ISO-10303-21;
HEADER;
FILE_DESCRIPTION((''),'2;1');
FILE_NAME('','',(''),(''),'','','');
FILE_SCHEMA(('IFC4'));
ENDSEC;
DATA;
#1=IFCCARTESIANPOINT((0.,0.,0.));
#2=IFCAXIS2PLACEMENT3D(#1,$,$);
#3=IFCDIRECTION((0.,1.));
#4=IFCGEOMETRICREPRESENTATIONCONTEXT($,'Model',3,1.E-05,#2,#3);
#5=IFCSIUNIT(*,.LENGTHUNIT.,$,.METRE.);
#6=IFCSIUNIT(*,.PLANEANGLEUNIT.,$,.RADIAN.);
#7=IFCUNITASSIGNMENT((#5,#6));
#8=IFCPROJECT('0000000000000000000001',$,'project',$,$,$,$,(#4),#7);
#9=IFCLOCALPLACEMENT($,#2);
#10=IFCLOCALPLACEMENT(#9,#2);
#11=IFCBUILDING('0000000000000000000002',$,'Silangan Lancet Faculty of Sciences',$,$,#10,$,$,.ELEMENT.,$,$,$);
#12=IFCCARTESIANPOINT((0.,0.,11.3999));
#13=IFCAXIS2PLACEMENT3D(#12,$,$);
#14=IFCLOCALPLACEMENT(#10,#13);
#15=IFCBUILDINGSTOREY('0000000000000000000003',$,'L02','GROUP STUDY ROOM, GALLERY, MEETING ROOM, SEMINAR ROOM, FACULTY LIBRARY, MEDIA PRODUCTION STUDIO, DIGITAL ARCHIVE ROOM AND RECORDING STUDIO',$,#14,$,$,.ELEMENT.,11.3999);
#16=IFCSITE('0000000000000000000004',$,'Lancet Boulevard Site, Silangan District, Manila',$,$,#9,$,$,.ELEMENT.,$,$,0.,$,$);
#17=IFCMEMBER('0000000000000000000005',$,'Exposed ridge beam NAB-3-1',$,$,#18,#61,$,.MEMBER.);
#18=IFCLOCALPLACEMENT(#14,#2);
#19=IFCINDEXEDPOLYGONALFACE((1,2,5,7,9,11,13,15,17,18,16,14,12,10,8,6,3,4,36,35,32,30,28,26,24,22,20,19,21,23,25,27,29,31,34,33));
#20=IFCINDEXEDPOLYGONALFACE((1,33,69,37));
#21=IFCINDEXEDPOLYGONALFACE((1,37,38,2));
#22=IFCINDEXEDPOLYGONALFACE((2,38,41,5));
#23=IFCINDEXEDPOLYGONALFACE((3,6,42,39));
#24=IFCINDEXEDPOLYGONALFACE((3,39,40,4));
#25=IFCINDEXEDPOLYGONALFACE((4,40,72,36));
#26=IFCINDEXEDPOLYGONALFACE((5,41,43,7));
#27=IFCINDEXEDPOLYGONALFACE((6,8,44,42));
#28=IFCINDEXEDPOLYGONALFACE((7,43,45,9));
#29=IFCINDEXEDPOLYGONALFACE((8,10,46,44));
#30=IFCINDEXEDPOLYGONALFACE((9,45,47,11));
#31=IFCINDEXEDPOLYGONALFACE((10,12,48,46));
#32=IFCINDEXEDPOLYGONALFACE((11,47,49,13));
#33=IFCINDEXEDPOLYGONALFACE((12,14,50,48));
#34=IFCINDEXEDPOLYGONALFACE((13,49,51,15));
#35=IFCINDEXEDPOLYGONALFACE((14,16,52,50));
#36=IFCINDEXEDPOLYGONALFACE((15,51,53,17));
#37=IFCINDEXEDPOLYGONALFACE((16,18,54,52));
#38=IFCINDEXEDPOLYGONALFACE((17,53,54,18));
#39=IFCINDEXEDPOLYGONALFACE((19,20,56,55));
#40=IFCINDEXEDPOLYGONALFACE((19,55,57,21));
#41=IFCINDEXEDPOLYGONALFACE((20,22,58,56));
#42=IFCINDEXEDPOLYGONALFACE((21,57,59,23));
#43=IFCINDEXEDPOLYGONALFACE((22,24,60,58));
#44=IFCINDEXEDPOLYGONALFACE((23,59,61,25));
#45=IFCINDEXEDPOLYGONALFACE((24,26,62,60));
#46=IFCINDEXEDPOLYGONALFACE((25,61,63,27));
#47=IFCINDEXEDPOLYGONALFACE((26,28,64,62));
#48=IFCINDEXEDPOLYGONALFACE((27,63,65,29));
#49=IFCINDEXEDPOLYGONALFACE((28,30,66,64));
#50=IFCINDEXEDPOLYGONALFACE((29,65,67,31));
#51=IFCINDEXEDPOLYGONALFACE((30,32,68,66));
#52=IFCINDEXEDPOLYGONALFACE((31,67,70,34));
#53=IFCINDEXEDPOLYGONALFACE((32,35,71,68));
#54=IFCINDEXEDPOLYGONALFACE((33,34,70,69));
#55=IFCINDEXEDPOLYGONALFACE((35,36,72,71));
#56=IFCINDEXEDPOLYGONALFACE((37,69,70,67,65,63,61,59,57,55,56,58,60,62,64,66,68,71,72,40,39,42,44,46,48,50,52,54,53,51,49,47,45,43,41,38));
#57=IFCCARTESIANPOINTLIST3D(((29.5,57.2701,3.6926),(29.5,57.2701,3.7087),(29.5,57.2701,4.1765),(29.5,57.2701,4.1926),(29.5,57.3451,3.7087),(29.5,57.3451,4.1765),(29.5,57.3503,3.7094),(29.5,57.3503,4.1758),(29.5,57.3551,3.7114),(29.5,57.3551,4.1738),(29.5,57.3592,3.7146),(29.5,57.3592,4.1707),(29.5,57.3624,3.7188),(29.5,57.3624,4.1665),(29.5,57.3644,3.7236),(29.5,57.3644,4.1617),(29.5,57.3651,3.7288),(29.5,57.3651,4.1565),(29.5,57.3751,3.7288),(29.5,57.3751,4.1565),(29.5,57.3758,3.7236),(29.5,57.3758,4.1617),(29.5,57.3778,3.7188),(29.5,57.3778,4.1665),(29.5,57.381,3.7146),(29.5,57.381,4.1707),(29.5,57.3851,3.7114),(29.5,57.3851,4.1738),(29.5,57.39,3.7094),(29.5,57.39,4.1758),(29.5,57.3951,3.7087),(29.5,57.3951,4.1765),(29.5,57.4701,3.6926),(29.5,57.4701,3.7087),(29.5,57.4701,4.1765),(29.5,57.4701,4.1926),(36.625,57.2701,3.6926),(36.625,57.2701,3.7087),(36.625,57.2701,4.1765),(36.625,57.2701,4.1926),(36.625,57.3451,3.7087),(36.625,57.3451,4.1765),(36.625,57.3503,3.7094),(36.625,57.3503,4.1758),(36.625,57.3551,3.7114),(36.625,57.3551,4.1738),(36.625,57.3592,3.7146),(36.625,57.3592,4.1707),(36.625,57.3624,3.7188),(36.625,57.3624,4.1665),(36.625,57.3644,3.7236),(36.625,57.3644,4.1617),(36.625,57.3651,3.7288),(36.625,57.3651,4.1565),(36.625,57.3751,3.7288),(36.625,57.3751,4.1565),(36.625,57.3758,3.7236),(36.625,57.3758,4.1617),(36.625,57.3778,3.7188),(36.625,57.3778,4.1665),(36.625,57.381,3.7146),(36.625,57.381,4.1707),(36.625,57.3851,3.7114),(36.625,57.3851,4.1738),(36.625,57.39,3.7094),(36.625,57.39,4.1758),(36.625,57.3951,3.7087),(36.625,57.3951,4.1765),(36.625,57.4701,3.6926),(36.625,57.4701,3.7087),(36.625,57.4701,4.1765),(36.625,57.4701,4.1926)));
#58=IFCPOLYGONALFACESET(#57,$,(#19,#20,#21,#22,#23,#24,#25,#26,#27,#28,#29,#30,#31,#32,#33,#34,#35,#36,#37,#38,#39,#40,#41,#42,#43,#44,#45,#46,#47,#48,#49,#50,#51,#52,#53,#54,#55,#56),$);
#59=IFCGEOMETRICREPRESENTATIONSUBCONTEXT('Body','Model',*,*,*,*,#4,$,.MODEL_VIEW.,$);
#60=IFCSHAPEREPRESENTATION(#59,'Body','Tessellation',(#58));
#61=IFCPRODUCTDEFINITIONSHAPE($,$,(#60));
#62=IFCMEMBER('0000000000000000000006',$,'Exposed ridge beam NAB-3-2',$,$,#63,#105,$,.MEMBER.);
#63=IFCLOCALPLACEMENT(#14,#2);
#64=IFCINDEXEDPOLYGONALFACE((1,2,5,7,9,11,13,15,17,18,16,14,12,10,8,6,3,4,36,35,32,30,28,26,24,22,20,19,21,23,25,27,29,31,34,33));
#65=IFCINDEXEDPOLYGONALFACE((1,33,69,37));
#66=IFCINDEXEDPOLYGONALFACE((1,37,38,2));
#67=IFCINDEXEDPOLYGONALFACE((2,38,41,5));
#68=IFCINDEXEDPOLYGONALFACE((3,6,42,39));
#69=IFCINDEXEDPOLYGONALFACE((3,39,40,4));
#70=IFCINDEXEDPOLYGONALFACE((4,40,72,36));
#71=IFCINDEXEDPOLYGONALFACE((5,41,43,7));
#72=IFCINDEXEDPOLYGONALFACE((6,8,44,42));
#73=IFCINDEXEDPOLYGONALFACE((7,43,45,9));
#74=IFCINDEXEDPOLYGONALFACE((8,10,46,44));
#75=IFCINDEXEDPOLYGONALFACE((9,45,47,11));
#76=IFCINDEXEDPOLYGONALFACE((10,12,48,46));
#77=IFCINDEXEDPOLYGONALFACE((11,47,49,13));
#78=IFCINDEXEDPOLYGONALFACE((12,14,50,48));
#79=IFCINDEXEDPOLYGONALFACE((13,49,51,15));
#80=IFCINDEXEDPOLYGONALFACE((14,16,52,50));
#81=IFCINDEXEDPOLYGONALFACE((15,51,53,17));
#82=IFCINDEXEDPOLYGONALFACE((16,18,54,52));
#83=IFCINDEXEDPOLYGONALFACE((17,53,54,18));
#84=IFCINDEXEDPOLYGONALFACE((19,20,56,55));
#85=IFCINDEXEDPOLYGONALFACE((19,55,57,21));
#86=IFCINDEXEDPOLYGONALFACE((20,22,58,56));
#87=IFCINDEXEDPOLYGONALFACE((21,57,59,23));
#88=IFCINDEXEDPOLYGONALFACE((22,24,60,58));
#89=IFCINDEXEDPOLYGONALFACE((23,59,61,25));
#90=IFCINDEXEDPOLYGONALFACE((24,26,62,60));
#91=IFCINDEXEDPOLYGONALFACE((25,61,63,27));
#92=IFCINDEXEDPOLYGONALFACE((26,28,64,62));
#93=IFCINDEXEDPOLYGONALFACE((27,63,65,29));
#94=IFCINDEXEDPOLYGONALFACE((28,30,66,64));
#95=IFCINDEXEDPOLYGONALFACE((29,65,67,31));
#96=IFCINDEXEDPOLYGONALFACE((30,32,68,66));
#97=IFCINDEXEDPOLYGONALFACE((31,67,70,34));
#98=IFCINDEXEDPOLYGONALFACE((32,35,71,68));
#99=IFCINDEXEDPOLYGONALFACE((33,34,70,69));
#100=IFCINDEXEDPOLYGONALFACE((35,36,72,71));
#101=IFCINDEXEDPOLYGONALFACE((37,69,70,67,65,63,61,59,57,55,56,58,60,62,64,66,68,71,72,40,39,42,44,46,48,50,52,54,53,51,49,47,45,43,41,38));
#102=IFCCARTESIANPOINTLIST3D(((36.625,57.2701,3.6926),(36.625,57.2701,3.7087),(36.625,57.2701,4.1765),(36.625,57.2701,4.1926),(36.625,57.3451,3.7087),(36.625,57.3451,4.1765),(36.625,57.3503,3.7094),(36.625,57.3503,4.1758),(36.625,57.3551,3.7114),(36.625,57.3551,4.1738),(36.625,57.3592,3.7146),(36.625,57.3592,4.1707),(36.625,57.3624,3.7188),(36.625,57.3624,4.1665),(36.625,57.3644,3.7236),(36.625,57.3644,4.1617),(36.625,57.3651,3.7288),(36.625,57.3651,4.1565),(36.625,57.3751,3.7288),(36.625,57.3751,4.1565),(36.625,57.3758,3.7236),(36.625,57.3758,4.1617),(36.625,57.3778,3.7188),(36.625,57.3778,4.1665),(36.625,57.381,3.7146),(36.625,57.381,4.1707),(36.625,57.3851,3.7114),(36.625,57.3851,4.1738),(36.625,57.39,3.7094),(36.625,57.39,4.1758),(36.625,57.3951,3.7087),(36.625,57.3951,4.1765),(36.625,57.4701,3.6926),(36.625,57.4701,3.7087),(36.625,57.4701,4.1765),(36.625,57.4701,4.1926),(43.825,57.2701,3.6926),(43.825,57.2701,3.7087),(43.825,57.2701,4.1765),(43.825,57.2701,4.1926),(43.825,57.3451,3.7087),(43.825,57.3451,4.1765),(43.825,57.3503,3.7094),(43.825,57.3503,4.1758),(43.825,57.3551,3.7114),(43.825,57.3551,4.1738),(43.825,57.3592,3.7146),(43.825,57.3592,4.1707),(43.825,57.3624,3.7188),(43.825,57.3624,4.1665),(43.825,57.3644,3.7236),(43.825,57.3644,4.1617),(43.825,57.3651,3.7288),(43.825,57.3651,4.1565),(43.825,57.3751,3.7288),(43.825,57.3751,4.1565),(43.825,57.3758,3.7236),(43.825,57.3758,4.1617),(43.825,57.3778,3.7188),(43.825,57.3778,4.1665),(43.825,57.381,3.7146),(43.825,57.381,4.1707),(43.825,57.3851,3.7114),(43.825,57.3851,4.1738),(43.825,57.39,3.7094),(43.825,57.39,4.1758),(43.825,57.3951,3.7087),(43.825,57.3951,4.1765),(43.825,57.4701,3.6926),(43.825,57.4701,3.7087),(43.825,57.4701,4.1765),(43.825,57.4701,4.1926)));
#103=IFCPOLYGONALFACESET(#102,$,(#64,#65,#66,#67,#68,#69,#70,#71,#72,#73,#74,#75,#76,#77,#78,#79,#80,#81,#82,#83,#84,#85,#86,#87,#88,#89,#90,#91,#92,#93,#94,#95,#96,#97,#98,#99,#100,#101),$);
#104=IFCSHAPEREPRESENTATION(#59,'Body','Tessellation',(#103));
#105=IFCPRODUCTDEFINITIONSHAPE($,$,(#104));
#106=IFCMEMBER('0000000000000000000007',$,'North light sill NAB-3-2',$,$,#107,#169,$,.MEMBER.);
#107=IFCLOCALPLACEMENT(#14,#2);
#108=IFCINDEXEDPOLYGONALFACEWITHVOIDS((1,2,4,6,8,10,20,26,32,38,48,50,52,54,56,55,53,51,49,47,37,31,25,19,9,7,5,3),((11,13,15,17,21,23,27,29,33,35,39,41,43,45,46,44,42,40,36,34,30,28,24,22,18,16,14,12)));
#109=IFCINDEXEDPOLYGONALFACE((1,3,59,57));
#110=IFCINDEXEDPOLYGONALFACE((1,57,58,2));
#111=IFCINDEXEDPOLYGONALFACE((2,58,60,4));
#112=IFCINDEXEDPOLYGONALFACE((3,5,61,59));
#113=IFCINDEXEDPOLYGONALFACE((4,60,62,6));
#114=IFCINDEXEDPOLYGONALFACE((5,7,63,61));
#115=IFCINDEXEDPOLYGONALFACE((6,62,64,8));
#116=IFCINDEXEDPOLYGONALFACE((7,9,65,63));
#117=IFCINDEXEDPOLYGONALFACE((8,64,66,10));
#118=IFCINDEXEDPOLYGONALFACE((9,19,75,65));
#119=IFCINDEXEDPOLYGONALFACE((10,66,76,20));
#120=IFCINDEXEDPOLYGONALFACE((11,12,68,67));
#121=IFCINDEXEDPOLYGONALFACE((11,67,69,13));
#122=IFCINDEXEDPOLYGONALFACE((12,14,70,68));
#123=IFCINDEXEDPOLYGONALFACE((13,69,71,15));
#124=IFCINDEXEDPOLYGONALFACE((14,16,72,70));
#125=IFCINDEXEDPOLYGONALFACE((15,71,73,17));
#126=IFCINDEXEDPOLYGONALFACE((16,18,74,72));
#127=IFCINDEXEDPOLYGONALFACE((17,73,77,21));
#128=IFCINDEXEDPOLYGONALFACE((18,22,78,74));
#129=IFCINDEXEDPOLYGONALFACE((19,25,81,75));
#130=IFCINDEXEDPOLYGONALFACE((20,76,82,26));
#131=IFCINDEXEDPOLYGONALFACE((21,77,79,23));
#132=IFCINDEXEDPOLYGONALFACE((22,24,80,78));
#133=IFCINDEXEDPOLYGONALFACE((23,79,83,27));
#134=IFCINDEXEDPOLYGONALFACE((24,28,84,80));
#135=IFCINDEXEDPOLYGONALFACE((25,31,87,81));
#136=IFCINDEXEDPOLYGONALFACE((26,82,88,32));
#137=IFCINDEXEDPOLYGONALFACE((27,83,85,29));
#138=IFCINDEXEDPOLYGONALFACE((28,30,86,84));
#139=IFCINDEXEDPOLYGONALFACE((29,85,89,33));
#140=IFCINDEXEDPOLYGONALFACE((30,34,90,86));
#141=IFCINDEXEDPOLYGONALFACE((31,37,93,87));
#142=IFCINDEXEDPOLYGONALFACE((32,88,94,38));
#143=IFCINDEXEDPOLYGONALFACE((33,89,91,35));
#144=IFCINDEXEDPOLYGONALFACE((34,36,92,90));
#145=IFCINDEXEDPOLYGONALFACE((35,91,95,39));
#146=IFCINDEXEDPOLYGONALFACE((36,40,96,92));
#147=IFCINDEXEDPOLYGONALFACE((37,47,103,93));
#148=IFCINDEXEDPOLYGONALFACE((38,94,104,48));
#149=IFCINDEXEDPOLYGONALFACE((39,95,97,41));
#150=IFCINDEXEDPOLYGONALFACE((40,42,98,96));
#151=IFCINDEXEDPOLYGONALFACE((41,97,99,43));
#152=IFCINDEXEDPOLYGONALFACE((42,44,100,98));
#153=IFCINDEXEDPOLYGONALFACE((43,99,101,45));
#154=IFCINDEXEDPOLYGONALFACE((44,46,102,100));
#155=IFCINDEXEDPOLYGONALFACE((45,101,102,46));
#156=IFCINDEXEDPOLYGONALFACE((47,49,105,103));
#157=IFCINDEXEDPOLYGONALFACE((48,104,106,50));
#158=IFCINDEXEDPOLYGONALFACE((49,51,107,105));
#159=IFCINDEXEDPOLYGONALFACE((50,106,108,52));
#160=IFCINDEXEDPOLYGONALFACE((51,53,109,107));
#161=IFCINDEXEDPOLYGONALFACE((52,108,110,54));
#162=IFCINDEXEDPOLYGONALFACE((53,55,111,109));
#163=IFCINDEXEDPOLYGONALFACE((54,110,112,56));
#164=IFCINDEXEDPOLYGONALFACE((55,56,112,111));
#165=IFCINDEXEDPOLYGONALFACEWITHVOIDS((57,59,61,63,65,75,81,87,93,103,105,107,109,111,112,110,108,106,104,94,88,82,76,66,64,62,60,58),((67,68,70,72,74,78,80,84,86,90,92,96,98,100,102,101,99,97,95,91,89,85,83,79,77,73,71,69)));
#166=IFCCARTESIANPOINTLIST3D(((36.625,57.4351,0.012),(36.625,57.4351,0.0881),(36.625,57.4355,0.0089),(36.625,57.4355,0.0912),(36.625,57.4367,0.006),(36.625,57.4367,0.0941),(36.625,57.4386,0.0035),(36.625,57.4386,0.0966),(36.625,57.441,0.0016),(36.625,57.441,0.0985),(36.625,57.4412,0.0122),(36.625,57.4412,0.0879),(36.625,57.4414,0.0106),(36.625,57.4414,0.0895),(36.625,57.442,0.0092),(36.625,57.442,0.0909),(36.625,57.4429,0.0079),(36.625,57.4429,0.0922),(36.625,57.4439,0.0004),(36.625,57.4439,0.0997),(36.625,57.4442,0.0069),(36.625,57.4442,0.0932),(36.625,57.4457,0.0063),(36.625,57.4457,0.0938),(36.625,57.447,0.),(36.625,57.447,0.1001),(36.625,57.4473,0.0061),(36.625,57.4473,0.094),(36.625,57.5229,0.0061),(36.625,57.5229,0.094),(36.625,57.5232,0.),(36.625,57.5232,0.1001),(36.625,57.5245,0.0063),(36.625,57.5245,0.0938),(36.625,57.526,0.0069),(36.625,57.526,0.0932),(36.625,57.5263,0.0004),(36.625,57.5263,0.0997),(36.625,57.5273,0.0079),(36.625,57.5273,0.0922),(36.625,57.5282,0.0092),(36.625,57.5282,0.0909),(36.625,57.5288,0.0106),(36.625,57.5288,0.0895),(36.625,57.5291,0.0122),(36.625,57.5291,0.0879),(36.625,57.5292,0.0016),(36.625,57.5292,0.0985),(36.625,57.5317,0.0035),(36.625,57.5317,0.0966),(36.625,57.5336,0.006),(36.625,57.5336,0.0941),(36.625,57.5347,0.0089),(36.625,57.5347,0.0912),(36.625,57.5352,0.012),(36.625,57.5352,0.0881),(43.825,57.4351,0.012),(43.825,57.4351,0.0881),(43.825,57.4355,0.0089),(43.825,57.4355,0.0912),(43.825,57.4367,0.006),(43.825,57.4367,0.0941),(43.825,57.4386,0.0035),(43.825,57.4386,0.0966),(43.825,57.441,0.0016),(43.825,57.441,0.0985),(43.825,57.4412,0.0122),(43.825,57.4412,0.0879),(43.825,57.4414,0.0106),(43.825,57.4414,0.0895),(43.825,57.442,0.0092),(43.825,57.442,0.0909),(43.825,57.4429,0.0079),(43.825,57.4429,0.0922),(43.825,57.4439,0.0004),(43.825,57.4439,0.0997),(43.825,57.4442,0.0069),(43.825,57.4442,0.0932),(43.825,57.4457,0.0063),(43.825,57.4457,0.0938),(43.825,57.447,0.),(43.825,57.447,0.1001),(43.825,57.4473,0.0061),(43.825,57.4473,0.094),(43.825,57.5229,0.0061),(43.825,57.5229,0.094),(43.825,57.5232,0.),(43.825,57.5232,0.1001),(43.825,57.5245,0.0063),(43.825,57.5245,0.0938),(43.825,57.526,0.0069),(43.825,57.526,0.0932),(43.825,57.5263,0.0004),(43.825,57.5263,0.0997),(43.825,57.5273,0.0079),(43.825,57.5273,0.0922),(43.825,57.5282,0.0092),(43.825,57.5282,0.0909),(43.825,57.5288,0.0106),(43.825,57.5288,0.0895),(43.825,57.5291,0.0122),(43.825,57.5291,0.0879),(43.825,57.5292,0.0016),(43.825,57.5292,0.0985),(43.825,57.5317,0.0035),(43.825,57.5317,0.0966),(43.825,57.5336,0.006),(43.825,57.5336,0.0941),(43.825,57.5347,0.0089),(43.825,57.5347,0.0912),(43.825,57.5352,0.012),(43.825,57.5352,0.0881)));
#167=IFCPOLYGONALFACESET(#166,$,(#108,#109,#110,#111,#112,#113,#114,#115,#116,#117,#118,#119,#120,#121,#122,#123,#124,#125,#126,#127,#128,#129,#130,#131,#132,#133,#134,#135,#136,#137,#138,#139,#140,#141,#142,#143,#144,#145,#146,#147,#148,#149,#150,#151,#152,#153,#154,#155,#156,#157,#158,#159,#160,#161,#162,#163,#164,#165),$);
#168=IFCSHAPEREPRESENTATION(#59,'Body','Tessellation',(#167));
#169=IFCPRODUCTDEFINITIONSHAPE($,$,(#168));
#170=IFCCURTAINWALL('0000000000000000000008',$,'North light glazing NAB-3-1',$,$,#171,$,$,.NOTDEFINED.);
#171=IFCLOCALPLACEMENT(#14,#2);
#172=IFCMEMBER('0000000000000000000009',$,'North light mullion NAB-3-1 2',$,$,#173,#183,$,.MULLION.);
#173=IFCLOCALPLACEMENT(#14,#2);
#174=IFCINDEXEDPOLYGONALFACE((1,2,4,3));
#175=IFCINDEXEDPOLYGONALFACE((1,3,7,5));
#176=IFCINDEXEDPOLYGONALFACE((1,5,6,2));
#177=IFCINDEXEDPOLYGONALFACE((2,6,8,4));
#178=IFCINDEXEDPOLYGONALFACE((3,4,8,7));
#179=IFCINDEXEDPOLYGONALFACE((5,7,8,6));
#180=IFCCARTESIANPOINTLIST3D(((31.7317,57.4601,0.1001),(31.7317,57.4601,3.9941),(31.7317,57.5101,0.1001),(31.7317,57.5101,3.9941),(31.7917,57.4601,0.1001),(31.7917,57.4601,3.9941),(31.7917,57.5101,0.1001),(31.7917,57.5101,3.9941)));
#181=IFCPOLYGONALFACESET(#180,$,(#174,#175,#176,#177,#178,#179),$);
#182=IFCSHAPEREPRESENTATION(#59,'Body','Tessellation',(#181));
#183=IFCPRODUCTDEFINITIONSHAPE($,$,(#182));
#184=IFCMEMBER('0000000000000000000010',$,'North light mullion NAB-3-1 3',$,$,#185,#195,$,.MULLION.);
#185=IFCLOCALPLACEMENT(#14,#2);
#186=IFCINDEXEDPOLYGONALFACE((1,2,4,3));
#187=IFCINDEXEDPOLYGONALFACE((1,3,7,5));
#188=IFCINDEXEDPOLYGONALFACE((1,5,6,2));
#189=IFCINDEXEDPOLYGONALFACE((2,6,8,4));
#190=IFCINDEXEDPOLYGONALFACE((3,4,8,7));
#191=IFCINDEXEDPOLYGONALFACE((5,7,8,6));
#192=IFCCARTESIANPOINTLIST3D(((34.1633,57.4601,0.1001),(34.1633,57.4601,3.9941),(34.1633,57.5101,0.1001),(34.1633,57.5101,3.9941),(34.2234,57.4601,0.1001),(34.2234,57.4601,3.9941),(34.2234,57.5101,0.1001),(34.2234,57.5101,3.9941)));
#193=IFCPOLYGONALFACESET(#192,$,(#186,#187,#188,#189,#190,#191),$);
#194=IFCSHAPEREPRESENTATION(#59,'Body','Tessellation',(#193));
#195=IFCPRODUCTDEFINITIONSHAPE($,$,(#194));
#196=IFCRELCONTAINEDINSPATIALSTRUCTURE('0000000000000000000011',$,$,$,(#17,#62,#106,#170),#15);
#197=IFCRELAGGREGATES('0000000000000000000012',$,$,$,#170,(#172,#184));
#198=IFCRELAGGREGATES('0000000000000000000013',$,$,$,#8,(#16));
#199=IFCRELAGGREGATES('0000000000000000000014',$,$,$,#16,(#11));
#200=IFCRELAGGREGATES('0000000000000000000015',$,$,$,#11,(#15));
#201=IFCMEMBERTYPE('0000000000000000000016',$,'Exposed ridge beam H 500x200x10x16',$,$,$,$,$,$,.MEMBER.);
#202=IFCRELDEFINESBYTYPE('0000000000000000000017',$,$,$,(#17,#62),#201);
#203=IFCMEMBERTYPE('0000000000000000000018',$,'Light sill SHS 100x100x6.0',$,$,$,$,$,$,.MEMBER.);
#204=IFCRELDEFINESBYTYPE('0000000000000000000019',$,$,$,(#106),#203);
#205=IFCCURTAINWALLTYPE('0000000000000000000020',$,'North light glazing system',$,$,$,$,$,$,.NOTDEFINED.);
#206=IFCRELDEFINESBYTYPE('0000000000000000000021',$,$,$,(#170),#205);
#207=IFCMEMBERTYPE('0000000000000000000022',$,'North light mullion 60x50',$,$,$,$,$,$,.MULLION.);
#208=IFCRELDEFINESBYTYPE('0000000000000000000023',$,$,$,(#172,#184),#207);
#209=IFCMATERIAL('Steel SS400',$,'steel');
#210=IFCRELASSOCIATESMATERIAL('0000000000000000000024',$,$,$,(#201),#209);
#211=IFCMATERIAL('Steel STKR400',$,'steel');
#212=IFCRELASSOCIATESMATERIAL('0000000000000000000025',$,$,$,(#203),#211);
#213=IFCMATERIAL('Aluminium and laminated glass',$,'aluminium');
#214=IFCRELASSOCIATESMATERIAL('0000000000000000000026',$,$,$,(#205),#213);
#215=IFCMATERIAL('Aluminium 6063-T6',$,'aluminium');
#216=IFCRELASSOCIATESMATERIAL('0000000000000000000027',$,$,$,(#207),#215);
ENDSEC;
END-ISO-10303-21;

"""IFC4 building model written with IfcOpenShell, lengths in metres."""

from ifc_helpers import new_model, si_unit, direction, frame, origin, origin_2d, place, context, subcontext, project, spatial, rectangle, hollow_rectangle, i_section, extrude, material, material_profile, profile_set, type_object, element, aggregate, save


model = new_model("IFC4")

# Units and contexts
model_context = context("Model", 3, precision=1e-05, world=origin(), true_north=direction((0.0, 1.0)))
body_context = subcontext(model_context, "Body", "Model", "MODEL_VIEW")
ifc_project = project(units=[si_unit("LENGTHUNIT", "METRE"), si_unit("PLANEANGLEUNIT", "RADIAN")], contexts=[model_context])

# Site, building, storey
site_placement = place(None, origin())
site = spatial("IfcSite", under=ifc_project, at=site_placement, Name="Lancet Boulevard Site, Silangan District, Manila", CompositionType="ELEMENT", RefElevation=0.0)
building_placement = place(site_placement, origin())
building = spatial("IfcBuilding", under=site, at=building_placement, Name="Silangan Lancet Faculty of Sciences", CompositionType="ELEMENT")
storey_placement = place(building_placement, frame((0.0, 0.0, 11.3999)))
storey = spatial("IfcBuildingStorey", under=building, at=storey_placement, Name="L02", Description="GROUP STUDY ROOM, GALLERY, MEETING ROOM, SEMINAR ROOM, FACULTY LIBRARY, MEDIA PRODUCTION STUDIO, DIGITAL ARCHIVE ROOM AND RECORDING STUDIO", CompositionType="ELEMENT", Elevation=11.3999)

# Members
ifc_material_1 = material(Name="Steel SS400", Category="steel")
ifc_material_profile_1 = material_profile(ifc_material_1, i_section(OverallWidth=0.2, OverallDepth=0.5, WebThickness=0.01, FlangeThickness=0.0161, FilletRadius=0.02, at=origin_2d()), Name="H 500x200x10x16")
ifc_profile_set_1 = profile_set([ifc_material_profile_1], Name="Steel SS400")
member_type_1 = type_object("IfcMemberType", Name="Exposed ridge beam H 500x200x10x16", PredefinedType="MEMBER", material=ifc_profile_set_1)
member_1_placement = place(storey_placement, frame((29.5, 57.3701, 3.9426), z_axis=(1.0, 0.0, 0.0), x_axis=(0.0, 1.0, 0.0)))
element("IfcMember", 1, at=member_1_placement, inside=storey, type_object=member_type_1, Name="Exposed ridge beam NAB-3-1", PredefinedType="MEMBER", context=body_context, shape_type="SweptSolid", body=[
    extrude(i_section(OverallWidth=0.2, OverallDepth=0.5, WebThickness=0.01, FlangeThickness=0.0161, FilletRadius=0.02, at=origin_2d()), origin(), (0.0, 0.0, 1.0), 7.125),
])
member_2_placement = place(storey_placement, frame((36.625, 57.3701, 3.9426), z_axis=(1.0, 0.0, 0.0), x_axis=(0.0, 1.0, 0.0)))
element("IfcMember", 2, at=member_2_placement, inside=storey, type_object=member_type_1, Name="Exposed ridge beam NAB-3-2", PredefinedType="MEMBER", context=body_context, shape_type="SweptSolid", body=[
    extrude(i_section(OverallWidth=0.2, OverallDepth=0.5, WebThickness=0.01, FlangeThickness=0.0161, FilletRadius=0.02, at=origin_2d()), origin(), (0.0, 0.0, 1.0), 7.2),
])
ifc_material_2 = material(Name="Steel STKR400", Category="steel")
ifc_material_profile_2 = material_profile(ifc_material_2, hollow_rectangle(XDim=0.1001, YDim=0.1001, WallThickness=0.0061, InnerFilletRadius=0.0061, OuterFilletRadius=0.012, at=origin_2d()), Name="SHS 100x100x6.0")
ifc_profile_set_2 = profile_set([ifc_material_profile_2], Name="Steel STKR400")
member_type_2 = type_object("IfcMemberType", Name="Light sill SHS 100x100x6.0", PredefinedType="MEMBER", material=ifc_profile_set_2)
member_3_placement = place(storey_placement, frame((36.625, 57.4851, 0.05), z_axis=(1.0, 0.0, 0.0), x_axis=(0.0, 1.0, 0.0)))
element("IfcMember", 3, at=member_3_placement, inside=storey, type_object=member_type_2, Name="North light sill NAB-3-2", PredefinedType="MEMBER", context=body_context, shape_type="SweptSolid", body=[
    extrude(hollow_rectangle(XDim=0.1001, YDim=0.1001, WallThickness=0.0061, InnerFilletRadius=0.0061, OuterFilletRadius=0.012, at=origin_2d()), origin(), (0.0, 0.0, 1.0), 7.2),
])

# Curtain wall, members
ifc_material_3 = material(Name="Aluminium and laminated glass", Category="aluminium")
curtain_wall_type = type_object("IfcCurtainWallType", Name="North light glazing system", PredefinedType="NOTDEFINED", material=ifc_material_3)
curtain_wall_1_placement = place(storey_placement, origin())
curtain_wall_1 = element("IfcCurtainWall", 4, at=curtain_wall_1_placement, inside=storey, type_object=curtain_wall_type, Name="North light glazing NAB-3-1", PredefinedType="NOTDEFINED")
ifc_material_4 = material(Name="Aluminium 6063-T6", Category="aluminium")
ifc_material_profile_3 = material_profile(ifc_material_4, rectangle(XDim=0.0601, YDim=0.05, at=origin_2d()), Name="AL 60x50")
ifc_profile_set_3 = profile_set([ifc_material_profile_3], Name="Aluminium 6063-T6")
member_type_3 = type_object("IfcMemberType", Name="North light mullion 60x50", PredefinedType="MULLION", material=ifc_profile_set_3)
member_4_placement = place(storey_placement, frame((31.7617, 57.4851, 0.1001), z_axis=(0.0, 0.0, 1.0), x_axis=(1.0, 0.0, 0.0)))
member_4 = element("IfcMember", 5, at=member_4_placement, type_object=member_type_3, Name="North light mullion NAB-3-1 2", PredefinedType="MULLION", context=body_context, shape_type="SweptSolid", body=[
    extrude(rectangle(XDim=0.0601, YDim=0.05, at=origin_2d()), origin(), (0.0, 0.0, 1.0), 3.894),
])
member_5_placement = place(storey_placement, frame((34.1934, 57.4851, 0.1001), z_axis=(0.0, 0.0, 1.0), x_axis=(1.0, 0.0, 0.0)))
member_5 = element("IfcMember", 6, at=member_5_placement, type_object=member_type_3, Name="North light mullion NAB-3-1 3", PredefinedType="MULLION", context=body_context, shape_type="SweptSolid", body=[
    extrude(rectangle(XDim=0.0601, YDim=0.05, at=origin_2d()), origin(), (0.0, 0.0, 1.0), 3.894),
])

aggregate(curtain_wall_1, [member_4, member_5])

save(model, "model.ifc")
